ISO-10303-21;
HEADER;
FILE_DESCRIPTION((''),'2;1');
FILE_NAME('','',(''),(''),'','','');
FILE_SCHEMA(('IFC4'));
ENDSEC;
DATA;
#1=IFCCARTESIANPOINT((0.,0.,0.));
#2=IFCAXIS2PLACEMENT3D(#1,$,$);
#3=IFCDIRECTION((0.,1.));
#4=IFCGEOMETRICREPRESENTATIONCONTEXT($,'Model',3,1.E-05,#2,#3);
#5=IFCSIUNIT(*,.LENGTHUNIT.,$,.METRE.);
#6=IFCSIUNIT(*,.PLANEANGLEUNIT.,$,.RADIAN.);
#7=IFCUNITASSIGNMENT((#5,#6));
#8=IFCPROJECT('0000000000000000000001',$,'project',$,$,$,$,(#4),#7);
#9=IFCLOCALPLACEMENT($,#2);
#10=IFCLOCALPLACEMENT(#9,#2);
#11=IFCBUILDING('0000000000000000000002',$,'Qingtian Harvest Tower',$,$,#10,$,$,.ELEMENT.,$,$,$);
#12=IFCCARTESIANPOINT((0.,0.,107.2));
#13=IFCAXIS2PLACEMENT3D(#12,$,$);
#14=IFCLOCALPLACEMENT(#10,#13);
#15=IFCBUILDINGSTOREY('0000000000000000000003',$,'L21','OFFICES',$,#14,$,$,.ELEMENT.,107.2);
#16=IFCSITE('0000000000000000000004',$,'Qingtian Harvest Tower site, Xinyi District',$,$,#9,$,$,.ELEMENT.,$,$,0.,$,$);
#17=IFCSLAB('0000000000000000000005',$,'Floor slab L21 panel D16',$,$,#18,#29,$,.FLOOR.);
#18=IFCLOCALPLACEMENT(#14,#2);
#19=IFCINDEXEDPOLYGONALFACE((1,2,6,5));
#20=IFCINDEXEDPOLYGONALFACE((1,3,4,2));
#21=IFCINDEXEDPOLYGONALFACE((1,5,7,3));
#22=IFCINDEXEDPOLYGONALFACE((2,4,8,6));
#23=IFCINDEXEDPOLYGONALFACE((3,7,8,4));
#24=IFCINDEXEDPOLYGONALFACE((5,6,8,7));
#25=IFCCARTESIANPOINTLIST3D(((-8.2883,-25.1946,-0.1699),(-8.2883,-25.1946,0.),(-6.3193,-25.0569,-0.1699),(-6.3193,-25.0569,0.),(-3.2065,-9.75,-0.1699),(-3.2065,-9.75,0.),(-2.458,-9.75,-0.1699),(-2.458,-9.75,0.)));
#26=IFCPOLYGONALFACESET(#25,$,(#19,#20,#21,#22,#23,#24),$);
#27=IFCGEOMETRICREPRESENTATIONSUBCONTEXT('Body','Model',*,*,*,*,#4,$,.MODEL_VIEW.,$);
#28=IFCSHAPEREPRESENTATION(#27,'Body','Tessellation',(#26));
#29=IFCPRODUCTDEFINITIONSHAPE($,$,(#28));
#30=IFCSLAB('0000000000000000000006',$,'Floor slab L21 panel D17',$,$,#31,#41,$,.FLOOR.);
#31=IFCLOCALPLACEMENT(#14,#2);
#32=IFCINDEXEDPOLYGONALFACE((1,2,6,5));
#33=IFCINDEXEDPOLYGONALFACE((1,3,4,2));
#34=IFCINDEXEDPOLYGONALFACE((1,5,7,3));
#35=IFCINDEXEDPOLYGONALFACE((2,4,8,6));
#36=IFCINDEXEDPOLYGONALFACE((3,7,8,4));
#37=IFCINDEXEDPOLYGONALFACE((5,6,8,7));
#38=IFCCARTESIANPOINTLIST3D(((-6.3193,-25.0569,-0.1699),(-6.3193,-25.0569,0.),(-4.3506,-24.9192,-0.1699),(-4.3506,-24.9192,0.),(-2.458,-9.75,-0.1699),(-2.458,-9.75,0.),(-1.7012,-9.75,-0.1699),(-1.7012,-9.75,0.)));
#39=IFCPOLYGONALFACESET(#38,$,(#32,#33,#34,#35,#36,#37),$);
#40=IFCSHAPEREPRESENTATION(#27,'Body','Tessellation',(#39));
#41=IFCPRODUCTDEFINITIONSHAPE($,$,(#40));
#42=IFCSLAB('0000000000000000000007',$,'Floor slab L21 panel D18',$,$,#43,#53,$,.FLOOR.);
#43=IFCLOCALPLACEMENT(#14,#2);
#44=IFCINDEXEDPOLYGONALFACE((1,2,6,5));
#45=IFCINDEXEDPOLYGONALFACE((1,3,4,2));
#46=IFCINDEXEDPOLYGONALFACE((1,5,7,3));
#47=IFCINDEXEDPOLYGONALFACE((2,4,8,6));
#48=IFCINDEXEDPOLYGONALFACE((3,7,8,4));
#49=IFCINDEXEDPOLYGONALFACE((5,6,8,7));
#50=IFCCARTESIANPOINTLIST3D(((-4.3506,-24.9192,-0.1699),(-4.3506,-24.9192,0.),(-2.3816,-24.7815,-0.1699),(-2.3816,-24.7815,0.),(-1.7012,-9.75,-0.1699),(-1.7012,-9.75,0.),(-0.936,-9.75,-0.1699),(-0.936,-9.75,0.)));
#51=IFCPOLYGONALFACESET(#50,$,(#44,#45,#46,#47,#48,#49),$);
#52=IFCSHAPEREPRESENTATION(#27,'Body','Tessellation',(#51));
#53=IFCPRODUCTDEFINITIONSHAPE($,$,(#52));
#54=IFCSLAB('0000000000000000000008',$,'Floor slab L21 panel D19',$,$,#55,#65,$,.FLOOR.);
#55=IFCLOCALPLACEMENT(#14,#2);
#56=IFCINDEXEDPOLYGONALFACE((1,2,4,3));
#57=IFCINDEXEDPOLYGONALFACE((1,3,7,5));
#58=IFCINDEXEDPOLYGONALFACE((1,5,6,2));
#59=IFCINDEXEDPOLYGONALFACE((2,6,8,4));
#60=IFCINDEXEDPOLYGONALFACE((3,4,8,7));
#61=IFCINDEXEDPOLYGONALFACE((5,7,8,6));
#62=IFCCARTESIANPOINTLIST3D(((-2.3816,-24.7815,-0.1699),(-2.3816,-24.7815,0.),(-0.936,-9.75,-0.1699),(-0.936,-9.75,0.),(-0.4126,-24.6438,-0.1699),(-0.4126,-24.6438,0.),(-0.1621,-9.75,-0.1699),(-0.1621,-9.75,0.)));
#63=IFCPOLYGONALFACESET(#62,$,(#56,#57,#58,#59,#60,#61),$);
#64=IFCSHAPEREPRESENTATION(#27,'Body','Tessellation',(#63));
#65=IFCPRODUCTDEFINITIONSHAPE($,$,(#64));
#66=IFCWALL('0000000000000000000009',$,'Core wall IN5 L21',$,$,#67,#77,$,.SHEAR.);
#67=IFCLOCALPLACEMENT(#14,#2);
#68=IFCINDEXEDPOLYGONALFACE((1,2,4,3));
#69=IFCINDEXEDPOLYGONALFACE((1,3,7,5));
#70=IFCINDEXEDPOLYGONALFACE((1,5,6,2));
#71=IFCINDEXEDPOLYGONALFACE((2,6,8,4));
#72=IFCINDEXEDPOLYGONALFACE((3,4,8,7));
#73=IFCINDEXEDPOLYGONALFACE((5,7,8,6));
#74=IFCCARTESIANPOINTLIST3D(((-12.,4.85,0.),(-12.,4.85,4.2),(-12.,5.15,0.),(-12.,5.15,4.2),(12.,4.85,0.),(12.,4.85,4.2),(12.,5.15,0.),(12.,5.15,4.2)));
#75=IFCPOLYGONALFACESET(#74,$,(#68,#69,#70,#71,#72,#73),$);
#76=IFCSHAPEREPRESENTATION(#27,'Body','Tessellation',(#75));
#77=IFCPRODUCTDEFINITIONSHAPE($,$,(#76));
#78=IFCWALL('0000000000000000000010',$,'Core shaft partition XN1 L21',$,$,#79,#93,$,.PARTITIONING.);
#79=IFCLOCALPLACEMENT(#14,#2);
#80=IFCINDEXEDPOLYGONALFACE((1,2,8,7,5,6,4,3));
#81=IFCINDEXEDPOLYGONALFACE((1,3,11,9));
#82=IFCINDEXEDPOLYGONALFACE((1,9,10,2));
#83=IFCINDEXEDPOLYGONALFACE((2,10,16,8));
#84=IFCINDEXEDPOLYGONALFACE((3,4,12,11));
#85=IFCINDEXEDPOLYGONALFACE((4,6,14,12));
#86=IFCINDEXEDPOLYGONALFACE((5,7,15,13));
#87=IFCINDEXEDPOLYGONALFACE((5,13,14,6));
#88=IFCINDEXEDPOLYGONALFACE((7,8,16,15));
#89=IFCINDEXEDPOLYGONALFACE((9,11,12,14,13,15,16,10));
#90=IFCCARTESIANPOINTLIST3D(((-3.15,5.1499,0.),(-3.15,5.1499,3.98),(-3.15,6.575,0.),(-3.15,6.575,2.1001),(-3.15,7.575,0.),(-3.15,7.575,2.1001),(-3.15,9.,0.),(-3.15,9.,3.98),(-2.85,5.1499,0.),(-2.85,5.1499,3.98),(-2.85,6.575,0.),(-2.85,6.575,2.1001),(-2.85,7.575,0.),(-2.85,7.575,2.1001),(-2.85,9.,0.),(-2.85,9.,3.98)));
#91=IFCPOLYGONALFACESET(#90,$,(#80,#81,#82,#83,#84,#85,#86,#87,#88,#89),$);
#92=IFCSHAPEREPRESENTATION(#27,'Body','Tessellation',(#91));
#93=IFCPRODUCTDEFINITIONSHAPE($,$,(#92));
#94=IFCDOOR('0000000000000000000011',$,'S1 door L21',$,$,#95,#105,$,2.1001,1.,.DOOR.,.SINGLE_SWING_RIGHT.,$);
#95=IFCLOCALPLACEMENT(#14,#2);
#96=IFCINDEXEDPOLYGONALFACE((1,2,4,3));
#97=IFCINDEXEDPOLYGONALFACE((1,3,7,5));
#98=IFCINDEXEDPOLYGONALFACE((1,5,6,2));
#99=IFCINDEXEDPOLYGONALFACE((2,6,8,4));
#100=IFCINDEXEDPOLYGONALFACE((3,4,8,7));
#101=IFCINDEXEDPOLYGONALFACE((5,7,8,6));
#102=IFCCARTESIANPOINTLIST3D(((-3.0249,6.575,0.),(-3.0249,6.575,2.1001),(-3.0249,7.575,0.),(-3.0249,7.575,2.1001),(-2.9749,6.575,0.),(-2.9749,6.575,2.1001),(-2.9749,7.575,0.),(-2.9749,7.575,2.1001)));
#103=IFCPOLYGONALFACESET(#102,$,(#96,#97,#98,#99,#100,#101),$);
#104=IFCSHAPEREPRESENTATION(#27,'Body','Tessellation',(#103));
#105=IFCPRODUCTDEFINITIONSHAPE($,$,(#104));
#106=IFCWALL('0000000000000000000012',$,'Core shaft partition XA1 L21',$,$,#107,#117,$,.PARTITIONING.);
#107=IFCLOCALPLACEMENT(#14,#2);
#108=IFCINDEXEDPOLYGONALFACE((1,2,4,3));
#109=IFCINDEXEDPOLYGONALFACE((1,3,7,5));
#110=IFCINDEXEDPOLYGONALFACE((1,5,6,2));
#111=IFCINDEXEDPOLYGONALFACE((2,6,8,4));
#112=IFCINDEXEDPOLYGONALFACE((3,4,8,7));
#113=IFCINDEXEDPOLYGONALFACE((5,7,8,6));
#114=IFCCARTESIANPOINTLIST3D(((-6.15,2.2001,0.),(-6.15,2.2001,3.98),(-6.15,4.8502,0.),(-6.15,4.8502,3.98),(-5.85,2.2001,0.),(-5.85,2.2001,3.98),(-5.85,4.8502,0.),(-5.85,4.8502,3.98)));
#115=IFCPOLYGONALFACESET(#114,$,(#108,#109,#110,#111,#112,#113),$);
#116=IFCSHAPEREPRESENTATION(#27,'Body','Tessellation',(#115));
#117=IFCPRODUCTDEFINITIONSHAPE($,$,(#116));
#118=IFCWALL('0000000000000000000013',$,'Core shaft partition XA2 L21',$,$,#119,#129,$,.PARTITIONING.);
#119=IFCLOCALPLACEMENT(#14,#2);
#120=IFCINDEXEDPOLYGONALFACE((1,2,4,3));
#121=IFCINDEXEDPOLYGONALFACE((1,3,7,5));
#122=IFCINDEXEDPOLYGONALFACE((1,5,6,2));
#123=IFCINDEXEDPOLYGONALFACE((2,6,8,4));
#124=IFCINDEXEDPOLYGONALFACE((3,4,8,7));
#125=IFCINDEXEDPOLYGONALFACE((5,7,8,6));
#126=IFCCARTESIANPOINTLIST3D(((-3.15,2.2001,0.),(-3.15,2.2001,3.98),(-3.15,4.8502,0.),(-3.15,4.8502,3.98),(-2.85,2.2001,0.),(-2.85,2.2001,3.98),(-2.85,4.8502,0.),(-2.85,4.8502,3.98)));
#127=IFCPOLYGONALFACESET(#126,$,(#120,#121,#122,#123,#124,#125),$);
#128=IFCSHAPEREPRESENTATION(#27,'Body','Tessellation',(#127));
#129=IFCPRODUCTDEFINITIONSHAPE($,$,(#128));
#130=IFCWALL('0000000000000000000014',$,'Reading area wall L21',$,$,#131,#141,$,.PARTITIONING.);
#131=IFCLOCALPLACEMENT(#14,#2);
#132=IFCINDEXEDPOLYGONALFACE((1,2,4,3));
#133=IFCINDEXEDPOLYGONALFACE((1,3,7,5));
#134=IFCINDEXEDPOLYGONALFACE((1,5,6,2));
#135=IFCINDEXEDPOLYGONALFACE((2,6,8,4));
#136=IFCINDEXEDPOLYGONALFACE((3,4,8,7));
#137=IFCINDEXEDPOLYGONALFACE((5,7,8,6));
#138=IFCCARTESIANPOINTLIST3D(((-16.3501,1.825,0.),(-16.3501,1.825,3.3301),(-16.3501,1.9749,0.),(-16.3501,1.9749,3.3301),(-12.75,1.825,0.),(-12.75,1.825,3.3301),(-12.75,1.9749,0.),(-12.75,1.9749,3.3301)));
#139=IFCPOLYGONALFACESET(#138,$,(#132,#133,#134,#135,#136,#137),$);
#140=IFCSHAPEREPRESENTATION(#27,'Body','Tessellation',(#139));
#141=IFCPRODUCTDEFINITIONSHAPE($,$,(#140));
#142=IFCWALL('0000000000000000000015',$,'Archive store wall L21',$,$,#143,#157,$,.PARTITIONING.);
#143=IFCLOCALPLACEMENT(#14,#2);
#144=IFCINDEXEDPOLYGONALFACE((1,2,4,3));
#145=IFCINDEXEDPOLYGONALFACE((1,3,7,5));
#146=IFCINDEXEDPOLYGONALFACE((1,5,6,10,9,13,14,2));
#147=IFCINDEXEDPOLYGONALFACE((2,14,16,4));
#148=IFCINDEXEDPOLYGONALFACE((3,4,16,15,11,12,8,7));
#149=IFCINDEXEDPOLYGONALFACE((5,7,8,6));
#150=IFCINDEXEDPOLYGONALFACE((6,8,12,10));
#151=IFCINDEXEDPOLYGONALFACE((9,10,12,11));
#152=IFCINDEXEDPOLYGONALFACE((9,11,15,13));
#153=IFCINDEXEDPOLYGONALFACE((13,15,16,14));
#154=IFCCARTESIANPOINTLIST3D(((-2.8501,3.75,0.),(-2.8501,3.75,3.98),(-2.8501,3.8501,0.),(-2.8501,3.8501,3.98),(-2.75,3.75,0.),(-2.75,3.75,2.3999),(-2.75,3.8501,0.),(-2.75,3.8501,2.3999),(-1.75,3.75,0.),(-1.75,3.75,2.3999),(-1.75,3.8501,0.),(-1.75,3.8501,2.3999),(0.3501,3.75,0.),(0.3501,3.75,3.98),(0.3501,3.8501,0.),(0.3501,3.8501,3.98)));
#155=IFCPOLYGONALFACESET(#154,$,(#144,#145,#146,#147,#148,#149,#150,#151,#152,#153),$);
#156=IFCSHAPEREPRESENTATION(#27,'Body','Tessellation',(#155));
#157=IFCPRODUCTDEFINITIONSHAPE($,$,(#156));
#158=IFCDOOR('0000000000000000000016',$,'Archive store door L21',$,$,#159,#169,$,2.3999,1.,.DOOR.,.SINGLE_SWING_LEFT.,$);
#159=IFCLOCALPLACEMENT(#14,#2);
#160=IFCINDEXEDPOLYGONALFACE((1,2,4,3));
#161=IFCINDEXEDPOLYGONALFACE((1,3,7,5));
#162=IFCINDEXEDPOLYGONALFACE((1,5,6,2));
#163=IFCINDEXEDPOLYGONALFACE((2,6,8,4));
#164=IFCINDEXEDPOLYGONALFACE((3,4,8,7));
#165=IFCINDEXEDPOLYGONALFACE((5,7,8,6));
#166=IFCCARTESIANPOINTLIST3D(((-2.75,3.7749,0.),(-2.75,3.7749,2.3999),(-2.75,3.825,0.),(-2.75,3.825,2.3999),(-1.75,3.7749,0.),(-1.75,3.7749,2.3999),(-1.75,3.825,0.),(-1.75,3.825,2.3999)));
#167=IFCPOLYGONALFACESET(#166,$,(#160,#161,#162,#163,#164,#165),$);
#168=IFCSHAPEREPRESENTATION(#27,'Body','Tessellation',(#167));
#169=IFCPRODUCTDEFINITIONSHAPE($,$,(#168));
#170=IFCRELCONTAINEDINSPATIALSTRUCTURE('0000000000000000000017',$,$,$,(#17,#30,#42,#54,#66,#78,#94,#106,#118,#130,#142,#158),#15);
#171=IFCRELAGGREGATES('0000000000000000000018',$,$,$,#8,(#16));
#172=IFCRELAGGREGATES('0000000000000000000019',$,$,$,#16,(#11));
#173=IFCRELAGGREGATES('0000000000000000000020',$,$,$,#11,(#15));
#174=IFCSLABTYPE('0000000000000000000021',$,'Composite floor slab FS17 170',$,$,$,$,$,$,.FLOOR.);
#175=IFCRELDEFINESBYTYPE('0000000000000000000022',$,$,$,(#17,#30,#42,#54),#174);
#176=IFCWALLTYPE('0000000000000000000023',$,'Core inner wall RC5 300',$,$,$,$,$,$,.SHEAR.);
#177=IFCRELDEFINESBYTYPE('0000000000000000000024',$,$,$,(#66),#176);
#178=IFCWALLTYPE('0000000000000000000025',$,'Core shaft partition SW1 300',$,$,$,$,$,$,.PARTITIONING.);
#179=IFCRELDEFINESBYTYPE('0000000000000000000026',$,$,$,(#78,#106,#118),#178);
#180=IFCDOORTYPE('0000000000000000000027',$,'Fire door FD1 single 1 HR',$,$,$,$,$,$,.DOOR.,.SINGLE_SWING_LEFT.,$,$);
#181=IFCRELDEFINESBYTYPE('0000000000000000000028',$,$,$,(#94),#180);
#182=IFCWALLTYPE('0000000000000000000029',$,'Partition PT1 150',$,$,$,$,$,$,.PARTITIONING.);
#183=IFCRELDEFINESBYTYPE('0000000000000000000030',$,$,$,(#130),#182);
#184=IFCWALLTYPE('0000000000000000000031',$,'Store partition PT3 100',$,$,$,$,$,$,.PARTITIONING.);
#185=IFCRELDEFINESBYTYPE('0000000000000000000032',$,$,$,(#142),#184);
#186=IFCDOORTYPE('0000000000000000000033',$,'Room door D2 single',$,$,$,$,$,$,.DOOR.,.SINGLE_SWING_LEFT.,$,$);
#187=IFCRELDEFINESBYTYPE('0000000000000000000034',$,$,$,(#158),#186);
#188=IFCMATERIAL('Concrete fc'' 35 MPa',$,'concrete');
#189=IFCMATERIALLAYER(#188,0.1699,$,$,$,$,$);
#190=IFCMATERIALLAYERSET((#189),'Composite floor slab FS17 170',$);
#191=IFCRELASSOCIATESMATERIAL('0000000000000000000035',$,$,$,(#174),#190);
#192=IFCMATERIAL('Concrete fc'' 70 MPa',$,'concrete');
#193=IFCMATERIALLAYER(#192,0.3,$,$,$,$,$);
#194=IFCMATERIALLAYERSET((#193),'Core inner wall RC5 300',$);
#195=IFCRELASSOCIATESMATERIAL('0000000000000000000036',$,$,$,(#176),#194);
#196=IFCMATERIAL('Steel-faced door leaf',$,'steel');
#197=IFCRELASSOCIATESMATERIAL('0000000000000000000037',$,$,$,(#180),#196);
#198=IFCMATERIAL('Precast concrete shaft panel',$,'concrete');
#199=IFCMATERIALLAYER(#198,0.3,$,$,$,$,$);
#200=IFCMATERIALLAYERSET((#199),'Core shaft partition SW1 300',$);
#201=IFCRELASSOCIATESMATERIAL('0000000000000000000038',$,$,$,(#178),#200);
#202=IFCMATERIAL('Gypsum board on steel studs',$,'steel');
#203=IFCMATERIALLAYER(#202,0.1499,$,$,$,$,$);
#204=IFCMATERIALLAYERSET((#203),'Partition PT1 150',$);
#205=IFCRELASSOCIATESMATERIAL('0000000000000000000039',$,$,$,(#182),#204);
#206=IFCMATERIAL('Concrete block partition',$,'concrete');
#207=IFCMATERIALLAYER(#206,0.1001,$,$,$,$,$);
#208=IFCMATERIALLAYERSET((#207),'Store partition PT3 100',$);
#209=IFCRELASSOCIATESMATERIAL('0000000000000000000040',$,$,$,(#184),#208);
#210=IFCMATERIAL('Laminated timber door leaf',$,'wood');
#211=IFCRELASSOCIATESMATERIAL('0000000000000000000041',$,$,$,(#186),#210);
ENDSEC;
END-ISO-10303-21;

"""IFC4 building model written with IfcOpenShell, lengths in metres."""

from ifc_helpers import new_model, si_unit, direction, frame, frame_2d, origin, place, context, subcontext, project, spatial, polyline, rectangle, outline, extrude, material, layer, layer_set, type_object, element, fill, save


model = new_model("IFC4")

# Units and contexts
model_context = context("Model", 3, precision=1e-05, world=origin(), true_north=direction((0.0, 1.0)))
body_context = subcontext(model_context, "Body", "Model", "MODEL_VIEW")
ifc_project = project(units=[si_unit("LENGTHUNIT", "METRE"), si_unit("PLANEANGLEUNIT", "RADIAN")], contexts=[model_context])

# Site, building, storey
site_placement = place(None, origin())
site = spatial("IfcSite", under=ifc_project, at=site_placement, Name="Qingtian Harvest Tower site, Xinyi District", CompositionType="ELEMENT", RefElevation=0.0)
building_placement = place(site_placement, origin())
building = spatial("IfcBuilding", under=site, at=building_placement, Name="Qingtian Harvest Tower", CompositionType="ELEMENT")
storey_placement = place(building_placement, frame((0.0, 0.0, 107.2)))
storey = spatial("IfcBuildingStorey", under=building, at=storey_placement, Name="L21", Description="OFFICES", CompositionType="ELEMENT", Elevation=107.2)

# Slabs
ifc_material_1 = material(Name="Concrete fc' 35 MPa", Category="concrete")
ifc_layer_1 = layer(ifc_material_1, 0.1699)
ifc_layer_set_1 = layer_set([ifc_layer_1], Name="Composite floor slab FS17 170")
slab_type = type_object("IfcSlabType", Name="Composite floor slab FS17 170", PredefinedType="FLOOR", material=ifc_layer_set_1)
slab_1_placement = place(storey_placement, frame((0.0, 0.0, -0.1699)))
element("IfcSlab", 1, at=slab_1_placement, inside=storey, type_object=slab_type, Name="Floor slab L21 panel D16", PredefinedType="FLOOR", context=body_context, shape_type="SweptSolid", body=[
    extrude(outline(polyline([(-2.458, -9.75), (-6.3193, -25.0569), (-8.2883, -25.1946), (-3.2065, -9.75), (-2.458, -9.75)])), origin(), (0.0, 0.0, 1.0), 0.1699),
])
slab_2_placement = place(storey_placement, frame((0.0, 0.0, -0.1699)))
element("IfcSlab", 2, at=slab_2_placement, inside=storey, type_object=slab_type, Name="Floor slab L21 panel D17", PredefinedType="FLOOR", context=body_context, shape_type="SweptSolid", body=[
    extrude(outline(polyline([(-1.7012, -9.75), (-4.3506, -24.9192), (-6.3193, -25.0569), (-2.458, -9.75), (-1.7012, -9.75)])), origin(), (0.0, 0.0, 1.0), 0.1699),
])
slab_3_placement = place(storey_placement, frame((0.0, 0.0, -0.1699)))
element("IfcSlab", 3, at=slab_3_placement, inside=storey, type_object=slab_type, Name="Floor slab L21 panel D18", PredefinedType="FLOOR", context=body_context, shape_type="SweptSolid", body=[
    extrude(outline(polyline([(-0.936, -9.75), (-2.3816, -24.7815), (-4.3506, -24.9192), (-1.7012, -9.75), (-0.936, -9.75)])), origin(), (0.0, 0.0, 1.0), 0.1699),
])
slab_4_placement = place(storey_placement, frame((0.0, 0.0, -0.1699)))
element("IfcSlab", 4, at=slab_4_placement, inside=storey, type_object=slab_type, Name="Floor slab L21 panel D19", PredefinedType="FLOOR", context=body_context, shape_type="SweptSolid", body=[
    extrude(outline(polyline([(-0.1621, -9.75), (-0.4126, -24.6438), (-2.3816, -24.7815), (-0.936, -9.75), (-0.1621, -9.75)])), origin(), (0.0, 0.0, 1.0), 0.1699),
])

# Wall
ifc_material_2 = material(Name="Concrete fc' 70 MPa", Category="concrete")
ifc_layer_2 = layer(ifc_material_2, 0.3)
ifc_layer_set_2 = layer_set([ifc_layer_2], Name="Core inner wall RC5 300")
wall_type_1 = type_object("IfcWallType", Name="Core inner wall RC5 300", PredefinedType="SHEAR", material=ifc_layer_set_2)
wall_1_placement = place(storey_placement, frame((-12.0, 5.0, 0.0), z_axis=(0.0, 0.0, 1.0), x_axis=(1.0, 0.0, 0.0)))
element("IfcWall", 5, at=wall_1_placement, inside=storey, type_object=wall_type_1, Name="Core wall IN5 L21", PredefinedType="SHEAR", context=body_context, shape_type="SweptSolid", body=[
    extrude(rectangle(XDim=24.0, YDim=0.3, at=frame_2d((12.0, 0.0))), origin(), (0.0, 0.0, 1.0), 4.2),
])

# Shared definitions
ifc_material_3 = material(Name="Steel-faced door leaf", Category="steel")
door_type_1 = type_object("IfcDoorType", Name="Fire door FD1 single 1 HR", OperationType="SINGLE_SWING_LEFT", PredefinedType="DOOR", material=ifc_material_3)

# Wall, opening, door
ifc_material_4 = material(Name="Precast concrete shaft panel", Category="concrete")
ifc_layer_3 = layer(ifc_material_4, 0.3)
ifc_layer_set_3 = layer_set([ifc_layer_3], Name="Core shaft partition SW1 300")
wall_type_2 = type_object("IfcWallType", Name="Core shaft partition SW1 300", PredefinedType="PARTITIONING", material=ifc_layer_set_3)
wall_2_placement = place(storey_placement, frame((-3.0, 5.1499, 0.0), z_axis=(0.0, 0.0, 1.0), x_axis=(0.0, 1.0, 0.0)))
wall_2 = element("IfcWall", 6, at=wall_2_placement, inside=storey, type_object=wall_type_2, Name="Core shaft partition XN1 L21", PredefinedType="PARTITIONING", context=body_context, shape_type="SweptSolid", body=[
    extrude(rectangle(XDim=3.8501, YDim=0.3, at=frame_2d((1.925, 0.0))), origin(), (0.0, 0.0, 1.0), 3.98),
])
opening_1_placement = place(wall_2_placement, frame((1.425, 0.0, 0.0)))
opening_1 = element("IfcOpeningElement", 7, at=opening_1_placement, cuts=wall_2, PredefinedType="OPENING", context=body_context, shape_type="SweptSolid", body=[
    extrude(rectangle(XDim=1.0, YDim=2.1001, at=frame_2d((0.5, 1.05))), frame((0.0, 0.1599, 0.0), z_axis=(0.0, -1.0, 0.0), x_axis=(1.0, 0.0, 0.0)), (0.0, 0.0, 1.0), 0.3201),
])
door_1_placement = place(opening_1_placement, origin())
door_1 = element("IfcDoor", 8, at=door_1_placement, inside=storey, type_object=door_type_1, Name="S1 door L21", OperationType="SINGLE_SWING_RIGHT", OverallHeight=2.1001, OverallWidth=1.0, PredefinedType="DOOR", context=body_context, shape_type="SweptSolid", body=[
    extrude(rectangle(XDim=1.0, YDim=2.1001, at=frame_2d((0.5, 1.05))), frame((0.0, 0.0249, 0.0), z_axis=(0.0, -1.0, 0.0), x_axis=(1.0, 0.0, 0.0)), (0.0, 0.0, 1.0), 0.05),
])
fill(opening_1, door_1)

# Walls
for number, where, z_axis, x_axis, name in (
    (9, (-6.0, 2.2, 0.0), (0.0, 0.0, 1.0), (0.0, 1.0, 0.0), "Core shaft partition XA1 L21"),
    (10, (-3.0, 2.2, 0.0), (0.0, 0.0, 1.0), (0.0, 1.0, 0.0), "Core shaft partition XA2 L21"),
):
    element("IfcWall", number, at=place(storey_placement, frame(where, z_axis=z_axis, x_axis=x_axis)), inside=storey, type_object=wall_type_2, Name=name, PredefinedType="PARTITIONING", context=body_context, shape_type="SweptSolid", body=[
        extrude(rectangle(XDim=2.6501, YDim=0.3, at=frame_2d((1.3252, 0.0))), origin(), (0.0, 0.0, 1.0), 3.98),
    ])
ifc_material_5 = material(Name="Gypsum board on steel studs", Category="steel")
ifc_layer_4 = layer(ifc_material_5, 0.1499)
ifc_layer_set_4 = layer_set([ifc_layer_4], Name="Partition PT1 150")
wall_type_3 = type_object("IfcWallType", Name="Partition PT1 150", PredefinedType="PARTITIONING", material=ifc_layer_set_4)
wall_3_placement = place(storey_placement, frame((-12.75, 1.8999, 0.0), z_axis=(0.0, 0.0, 1.0), x_axis=(-1.0, 0.0, 0.0)))
element("IfcWall", 11, at=wall_3_placement, inside=storey, type_object=wall_type_3, Name="Reading area wall L21", PredefinedType="PARTITIONING", context=body_context, shape_type="SweptSolid", body=[
    extrude(rectangle(XDim=3.6001, YDim=0.1499, at=frame_2d((1.8, 0.0))), origin(), (0.0, 0.0, 1.0), 3.3301),
])

# Wall, opening, door
ifc_material_6 = material(Name="Concrete block partition", Category="concrete")
ifc_layer_5 = layer(ifc_material_6, 0.1001)
ifc_layer_set_5 = layer_set([ifc_layer_5], Name="Store partition PT3 100")
wall_type_4 = type_object("IfcWallType", Name="Store partition PT3 100", PredefinedType="PARTITIONING", material=ifc_layer_set_5)
wall_4_placement = place(storey_placement, frame((-2.8501, 3.8, 0.0), z_axis=(0.0, 0.0, 1.0), x_axis=(1.0, 0.0, 0.0)))
wall_4 = element("IfcWall", 12, at=wall_4_placement, inside=storey, type_object=wall_type_4, Name="Archive store wall L21", PredefinedType="PARTITIONING", context=body_context, shape_type="SweptSolid", body=[
    extrude(rectangle(XDim=3.2002, YDim=0.1001, at=frame_2d((1.6001, 0.0))), origin(), (0.0, 0.0, 1.0), 3.98),
])
opening_2_placement = place(wall_4_placement, frame((0.1001, 0.0, 0.0)))
opening_2 = element("IfcOpeningElement", 13, at=opening_2_placement, cuts=wall_4, PredefinedType="OPENING", context=body_context, shape_type="SweptSolid", body=[
    extrude(rectangle(XDim=1.0, YDim=2.3999, at=frame_2d((0.5, 1.2))), frame((0.0, 0.0601, 0.0), z_axis=(0.0, -1.0, 0.0), x_axis=(1.0, 0.0, 0.0)), (0.0, 0.0, 1.0), 0.1201),
])
ifc_material_7 = material(Name="Laminated timber door leaf", Category="wood")
door_type_2 = type_object("IfcDoorType", Name="Room door D2 single", OperationType="SINGLE_SWING_LEFT", PredefinedType="DOOR", material=ifc_material_7)
door_2_placement = place(opening_2_placement, origin())
door_2 = element("IfcDoor", 14, at=door_2_placement, inside=storey, type_object=door_type_2, Name="Archive store door L21", OperationType="SINGLE_SWING_LEFT", OverallHeight=2.3999, OverallWidth=1.0, PredefinedType="DOOR", context=body_context, shape_type="SweptSolid", body=[
    extrude(rectangle(XDim=1.0, YDim=2.3999, at=frame_2d((0.5, 1.2))), frame((0.0, 0.0249, 0.0), z_axis=(0.0, -1.0, 0.0), x_axis=(1.0, 0.0, 0.0)), (0.0, 0.0, 1.0), 0.05),
])
fill(opening_2, door_2)

save(model, "model.ifc")
